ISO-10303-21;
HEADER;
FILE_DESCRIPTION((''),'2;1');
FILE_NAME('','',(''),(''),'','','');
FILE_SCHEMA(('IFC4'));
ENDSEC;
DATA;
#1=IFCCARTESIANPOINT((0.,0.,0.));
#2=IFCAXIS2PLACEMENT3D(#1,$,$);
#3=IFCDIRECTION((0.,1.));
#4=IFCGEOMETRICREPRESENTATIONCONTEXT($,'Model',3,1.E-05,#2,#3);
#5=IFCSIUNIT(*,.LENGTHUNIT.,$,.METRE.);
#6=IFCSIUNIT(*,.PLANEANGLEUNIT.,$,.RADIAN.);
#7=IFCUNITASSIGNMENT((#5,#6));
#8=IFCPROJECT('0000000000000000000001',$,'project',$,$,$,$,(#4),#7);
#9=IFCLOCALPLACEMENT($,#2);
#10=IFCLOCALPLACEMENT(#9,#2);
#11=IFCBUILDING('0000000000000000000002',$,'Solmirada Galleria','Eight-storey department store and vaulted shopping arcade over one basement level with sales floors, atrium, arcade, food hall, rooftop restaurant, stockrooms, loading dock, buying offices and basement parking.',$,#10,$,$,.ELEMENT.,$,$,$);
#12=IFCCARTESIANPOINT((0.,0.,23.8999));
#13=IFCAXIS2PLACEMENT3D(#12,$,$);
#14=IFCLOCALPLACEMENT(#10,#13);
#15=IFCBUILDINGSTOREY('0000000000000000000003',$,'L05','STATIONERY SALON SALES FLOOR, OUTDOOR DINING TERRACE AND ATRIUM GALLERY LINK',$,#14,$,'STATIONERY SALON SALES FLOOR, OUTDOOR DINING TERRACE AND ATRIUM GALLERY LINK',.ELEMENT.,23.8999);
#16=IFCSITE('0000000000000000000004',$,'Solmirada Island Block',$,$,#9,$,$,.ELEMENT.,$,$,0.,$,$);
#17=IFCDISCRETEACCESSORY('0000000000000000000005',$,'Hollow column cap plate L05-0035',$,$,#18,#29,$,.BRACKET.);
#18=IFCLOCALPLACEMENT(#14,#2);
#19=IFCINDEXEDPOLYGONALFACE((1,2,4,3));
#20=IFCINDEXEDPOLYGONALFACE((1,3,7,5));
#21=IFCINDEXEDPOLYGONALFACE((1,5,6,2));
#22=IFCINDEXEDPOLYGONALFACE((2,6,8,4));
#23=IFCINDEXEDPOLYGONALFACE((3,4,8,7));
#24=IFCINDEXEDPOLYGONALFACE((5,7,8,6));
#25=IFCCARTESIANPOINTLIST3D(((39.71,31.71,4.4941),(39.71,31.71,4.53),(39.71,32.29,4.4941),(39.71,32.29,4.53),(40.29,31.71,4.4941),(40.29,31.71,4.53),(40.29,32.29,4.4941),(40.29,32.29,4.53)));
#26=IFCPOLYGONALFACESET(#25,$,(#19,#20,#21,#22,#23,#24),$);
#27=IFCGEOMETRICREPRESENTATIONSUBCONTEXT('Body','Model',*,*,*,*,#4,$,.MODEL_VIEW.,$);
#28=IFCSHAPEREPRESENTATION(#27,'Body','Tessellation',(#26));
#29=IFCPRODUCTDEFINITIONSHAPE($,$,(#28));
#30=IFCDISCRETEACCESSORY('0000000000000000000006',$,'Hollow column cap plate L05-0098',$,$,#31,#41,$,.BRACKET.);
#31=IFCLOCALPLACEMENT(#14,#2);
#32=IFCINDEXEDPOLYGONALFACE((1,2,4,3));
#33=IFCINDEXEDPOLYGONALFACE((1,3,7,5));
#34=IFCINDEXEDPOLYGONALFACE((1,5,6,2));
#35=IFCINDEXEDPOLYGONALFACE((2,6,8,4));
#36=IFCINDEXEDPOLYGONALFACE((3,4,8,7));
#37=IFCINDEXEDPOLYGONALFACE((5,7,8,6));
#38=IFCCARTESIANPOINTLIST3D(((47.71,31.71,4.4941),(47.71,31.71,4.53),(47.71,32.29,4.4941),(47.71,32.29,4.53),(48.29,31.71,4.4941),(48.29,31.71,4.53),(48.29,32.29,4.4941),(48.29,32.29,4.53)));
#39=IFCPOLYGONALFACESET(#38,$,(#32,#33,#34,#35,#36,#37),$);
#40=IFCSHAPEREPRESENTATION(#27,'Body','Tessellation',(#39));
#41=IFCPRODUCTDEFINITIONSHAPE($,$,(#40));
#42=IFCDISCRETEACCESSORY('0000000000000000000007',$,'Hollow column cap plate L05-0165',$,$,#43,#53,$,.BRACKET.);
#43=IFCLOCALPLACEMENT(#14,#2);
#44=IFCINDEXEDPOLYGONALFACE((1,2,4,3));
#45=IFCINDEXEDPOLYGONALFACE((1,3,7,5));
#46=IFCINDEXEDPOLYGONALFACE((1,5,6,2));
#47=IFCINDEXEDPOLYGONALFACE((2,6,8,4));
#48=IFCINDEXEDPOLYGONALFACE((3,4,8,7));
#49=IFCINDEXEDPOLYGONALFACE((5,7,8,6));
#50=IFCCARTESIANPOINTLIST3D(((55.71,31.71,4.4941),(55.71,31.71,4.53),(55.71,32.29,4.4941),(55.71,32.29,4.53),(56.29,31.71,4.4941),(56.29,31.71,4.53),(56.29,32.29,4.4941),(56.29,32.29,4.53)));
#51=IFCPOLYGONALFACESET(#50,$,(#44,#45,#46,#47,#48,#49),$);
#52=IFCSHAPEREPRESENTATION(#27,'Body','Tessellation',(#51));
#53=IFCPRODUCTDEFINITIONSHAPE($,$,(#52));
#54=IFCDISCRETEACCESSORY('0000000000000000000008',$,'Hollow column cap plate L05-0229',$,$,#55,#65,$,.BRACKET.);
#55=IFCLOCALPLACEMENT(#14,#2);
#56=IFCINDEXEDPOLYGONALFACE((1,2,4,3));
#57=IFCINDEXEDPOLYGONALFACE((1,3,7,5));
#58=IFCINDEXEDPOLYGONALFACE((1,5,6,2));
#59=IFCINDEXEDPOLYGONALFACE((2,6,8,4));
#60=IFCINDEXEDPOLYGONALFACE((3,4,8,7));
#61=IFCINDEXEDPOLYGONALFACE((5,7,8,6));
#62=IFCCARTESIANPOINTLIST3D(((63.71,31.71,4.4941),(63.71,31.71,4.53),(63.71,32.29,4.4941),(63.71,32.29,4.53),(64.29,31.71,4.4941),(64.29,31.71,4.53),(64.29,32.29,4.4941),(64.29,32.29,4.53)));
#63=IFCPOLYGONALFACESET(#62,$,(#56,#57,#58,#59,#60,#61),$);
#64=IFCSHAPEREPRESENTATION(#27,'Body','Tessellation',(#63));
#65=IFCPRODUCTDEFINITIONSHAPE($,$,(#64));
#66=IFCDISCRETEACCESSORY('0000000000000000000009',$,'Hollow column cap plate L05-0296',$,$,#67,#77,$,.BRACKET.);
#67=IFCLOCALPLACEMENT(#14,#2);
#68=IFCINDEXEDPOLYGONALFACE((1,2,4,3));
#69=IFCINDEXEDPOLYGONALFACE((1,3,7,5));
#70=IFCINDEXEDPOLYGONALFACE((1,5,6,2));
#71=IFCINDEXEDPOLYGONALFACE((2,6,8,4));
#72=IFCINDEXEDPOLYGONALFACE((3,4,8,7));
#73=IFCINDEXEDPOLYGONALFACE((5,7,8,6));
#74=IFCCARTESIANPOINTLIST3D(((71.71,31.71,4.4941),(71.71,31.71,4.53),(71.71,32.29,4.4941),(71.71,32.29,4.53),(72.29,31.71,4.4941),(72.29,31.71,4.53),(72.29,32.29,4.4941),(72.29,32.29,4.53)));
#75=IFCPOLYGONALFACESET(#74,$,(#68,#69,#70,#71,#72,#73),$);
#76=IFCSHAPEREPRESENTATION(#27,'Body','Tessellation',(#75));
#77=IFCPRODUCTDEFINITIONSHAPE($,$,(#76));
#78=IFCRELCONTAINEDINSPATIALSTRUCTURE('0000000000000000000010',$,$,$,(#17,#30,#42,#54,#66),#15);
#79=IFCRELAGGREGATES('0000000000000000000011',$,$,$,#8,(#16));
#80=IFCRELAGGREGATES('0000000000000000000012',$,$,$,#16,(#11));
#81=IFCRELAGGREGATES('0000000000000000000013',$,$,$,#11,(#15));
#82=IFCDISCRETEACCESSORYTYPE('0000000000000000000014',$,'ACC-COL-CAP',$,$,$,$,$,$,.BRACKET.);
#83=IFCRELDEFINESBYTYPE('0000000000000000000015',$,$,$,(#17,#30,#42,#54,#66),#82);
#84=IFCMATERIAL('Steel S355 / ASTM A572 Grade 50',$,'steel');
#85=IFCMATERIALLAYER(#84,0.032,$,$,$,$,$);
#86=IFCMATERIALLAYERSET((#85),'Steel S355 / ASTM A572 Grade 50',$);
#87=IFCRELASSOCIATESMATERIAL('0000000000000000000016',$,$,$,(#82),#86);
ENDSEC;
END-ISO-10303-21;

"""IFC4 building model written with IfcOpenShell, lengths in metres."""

from ifc_helpers import new_model, si_unit, direction, frame, origin, origin_2d, place, context, subcontext, project, spatial, rectangle, extrude, material, layer, layer_set, type_object, element, save


model = new_model("IFC4")

# Units and contexts
model_context = context("Model", 3, precision=1e-05, world=origin(), true_north=direction((0.0, 1.0)))
body_context = subcontext(model_context, "Body", "Model", "MODEL_VIEW")
ifc_project = project(units=[si_unit("LENGTHUNIT", "METRE"), si_unit("PLANEANGLEUNIT", "RADIAN")], contexts=[model_context])

# Site, building, storey
site_placement = place(None, origin())
site = spatial("IfcSite", under=ifc_project, at=site_placement, Name="Solmirada Island Block", CompositionType="ELEMENT", RefElevation=0.0)
building_placement = place(site_placement, origin())
building = spatial("IfcBuilding", under=site, at=building_placement, Name="Solmirada Galleria", Description="Eight-storey department store and vaulted shopping arcade over one basement level with sales floors, atrium, arcade, food hall, rooftop restaurant, stockrooms, loading dock, buying offices and basement parking.", CompositionType="ELEMENT")
storey_placement = place(building_placement, frame((0.0, 0.0, 23.8999)))
storey = spatial("IfcBuildingStorey", under=building, at=storey_placement, Name="L05", Description="STATIONERY SALON SALES FLOOR, OUTDOOR DINING TERRACE AND ATRIUM GALLERY LINK", LongName="STATIONERY SALON SALES FLOOR, OUTDOOR DINING TERRACE AND ATRIUM GALLERY LINK", CompositionType="ELEMENT", Elevation=23.8999)

# Shared definitions
ifc_material_1 = material(Name="Steel S355 / ASTM A572 Grade 50", Category="steel")

# Discrete accessories
ifc_layer_1 = layer(ifc_material_1, 0.032)
ifc_layer_set_1 = layer_set([ifc_layer_1], Name="Steel S355 / ASTM A572 Grade 50")
discrete_accessory_type = type_object("IfcDiscreteAccessoryType", Name="ACC-COL-CAP", PredefinedType="BRACKET", material=ifc_layer_set_1)
for number, where, z_axis, x_axis, name in (
    (1, (40.0, 32.0, 4.4941), (0.0, 0.0, 1.0), (1.0, 0.0, 0.0), "Hollow column cap plate L05-0035"),
    (2, (48.0, 32.0, 4.4941), (0.0, 0.0, 1.0), (1.0, 0.0, 0.0), "Hollow column cap plate L05-0098"),
    (3, (56.0, 32.0, 4.4941), (0.0, 0.0, 1.0), (1.0, 0.0, 0.0), "Hollow column cap plate L05-0165"),
    (4, (64.0, 32.0, 4.4941), (0.0, 0.0, 1.0), (1.0, 0.0, 0.0), "Hollow column cap plate L05-0229"),
    (5, (72.0, 32.0, 4.4941), (0.0, 0.0, 1.0), (1.0, 0.0, 0.0), "Hollow column cap plate L05-0296"),
):
    element("IfcDiscreteAccessory", number, at=place(storey_placement, frame(where, z_axis=z_axis, x_axis=x_axis)), inside=storey, type_object=discrete_accessory_type, Name=name, PredefinedType="BRACKET", context=body_context, shape_type="SweptSolid", body=[
        extrude(rectangle(XDim=0.5801, YDim=0.5801, at=origin_2d()), origin(), (0.0, 0.0, 1.0), 0.0359),
    ])

save(model, "model.ifc")
